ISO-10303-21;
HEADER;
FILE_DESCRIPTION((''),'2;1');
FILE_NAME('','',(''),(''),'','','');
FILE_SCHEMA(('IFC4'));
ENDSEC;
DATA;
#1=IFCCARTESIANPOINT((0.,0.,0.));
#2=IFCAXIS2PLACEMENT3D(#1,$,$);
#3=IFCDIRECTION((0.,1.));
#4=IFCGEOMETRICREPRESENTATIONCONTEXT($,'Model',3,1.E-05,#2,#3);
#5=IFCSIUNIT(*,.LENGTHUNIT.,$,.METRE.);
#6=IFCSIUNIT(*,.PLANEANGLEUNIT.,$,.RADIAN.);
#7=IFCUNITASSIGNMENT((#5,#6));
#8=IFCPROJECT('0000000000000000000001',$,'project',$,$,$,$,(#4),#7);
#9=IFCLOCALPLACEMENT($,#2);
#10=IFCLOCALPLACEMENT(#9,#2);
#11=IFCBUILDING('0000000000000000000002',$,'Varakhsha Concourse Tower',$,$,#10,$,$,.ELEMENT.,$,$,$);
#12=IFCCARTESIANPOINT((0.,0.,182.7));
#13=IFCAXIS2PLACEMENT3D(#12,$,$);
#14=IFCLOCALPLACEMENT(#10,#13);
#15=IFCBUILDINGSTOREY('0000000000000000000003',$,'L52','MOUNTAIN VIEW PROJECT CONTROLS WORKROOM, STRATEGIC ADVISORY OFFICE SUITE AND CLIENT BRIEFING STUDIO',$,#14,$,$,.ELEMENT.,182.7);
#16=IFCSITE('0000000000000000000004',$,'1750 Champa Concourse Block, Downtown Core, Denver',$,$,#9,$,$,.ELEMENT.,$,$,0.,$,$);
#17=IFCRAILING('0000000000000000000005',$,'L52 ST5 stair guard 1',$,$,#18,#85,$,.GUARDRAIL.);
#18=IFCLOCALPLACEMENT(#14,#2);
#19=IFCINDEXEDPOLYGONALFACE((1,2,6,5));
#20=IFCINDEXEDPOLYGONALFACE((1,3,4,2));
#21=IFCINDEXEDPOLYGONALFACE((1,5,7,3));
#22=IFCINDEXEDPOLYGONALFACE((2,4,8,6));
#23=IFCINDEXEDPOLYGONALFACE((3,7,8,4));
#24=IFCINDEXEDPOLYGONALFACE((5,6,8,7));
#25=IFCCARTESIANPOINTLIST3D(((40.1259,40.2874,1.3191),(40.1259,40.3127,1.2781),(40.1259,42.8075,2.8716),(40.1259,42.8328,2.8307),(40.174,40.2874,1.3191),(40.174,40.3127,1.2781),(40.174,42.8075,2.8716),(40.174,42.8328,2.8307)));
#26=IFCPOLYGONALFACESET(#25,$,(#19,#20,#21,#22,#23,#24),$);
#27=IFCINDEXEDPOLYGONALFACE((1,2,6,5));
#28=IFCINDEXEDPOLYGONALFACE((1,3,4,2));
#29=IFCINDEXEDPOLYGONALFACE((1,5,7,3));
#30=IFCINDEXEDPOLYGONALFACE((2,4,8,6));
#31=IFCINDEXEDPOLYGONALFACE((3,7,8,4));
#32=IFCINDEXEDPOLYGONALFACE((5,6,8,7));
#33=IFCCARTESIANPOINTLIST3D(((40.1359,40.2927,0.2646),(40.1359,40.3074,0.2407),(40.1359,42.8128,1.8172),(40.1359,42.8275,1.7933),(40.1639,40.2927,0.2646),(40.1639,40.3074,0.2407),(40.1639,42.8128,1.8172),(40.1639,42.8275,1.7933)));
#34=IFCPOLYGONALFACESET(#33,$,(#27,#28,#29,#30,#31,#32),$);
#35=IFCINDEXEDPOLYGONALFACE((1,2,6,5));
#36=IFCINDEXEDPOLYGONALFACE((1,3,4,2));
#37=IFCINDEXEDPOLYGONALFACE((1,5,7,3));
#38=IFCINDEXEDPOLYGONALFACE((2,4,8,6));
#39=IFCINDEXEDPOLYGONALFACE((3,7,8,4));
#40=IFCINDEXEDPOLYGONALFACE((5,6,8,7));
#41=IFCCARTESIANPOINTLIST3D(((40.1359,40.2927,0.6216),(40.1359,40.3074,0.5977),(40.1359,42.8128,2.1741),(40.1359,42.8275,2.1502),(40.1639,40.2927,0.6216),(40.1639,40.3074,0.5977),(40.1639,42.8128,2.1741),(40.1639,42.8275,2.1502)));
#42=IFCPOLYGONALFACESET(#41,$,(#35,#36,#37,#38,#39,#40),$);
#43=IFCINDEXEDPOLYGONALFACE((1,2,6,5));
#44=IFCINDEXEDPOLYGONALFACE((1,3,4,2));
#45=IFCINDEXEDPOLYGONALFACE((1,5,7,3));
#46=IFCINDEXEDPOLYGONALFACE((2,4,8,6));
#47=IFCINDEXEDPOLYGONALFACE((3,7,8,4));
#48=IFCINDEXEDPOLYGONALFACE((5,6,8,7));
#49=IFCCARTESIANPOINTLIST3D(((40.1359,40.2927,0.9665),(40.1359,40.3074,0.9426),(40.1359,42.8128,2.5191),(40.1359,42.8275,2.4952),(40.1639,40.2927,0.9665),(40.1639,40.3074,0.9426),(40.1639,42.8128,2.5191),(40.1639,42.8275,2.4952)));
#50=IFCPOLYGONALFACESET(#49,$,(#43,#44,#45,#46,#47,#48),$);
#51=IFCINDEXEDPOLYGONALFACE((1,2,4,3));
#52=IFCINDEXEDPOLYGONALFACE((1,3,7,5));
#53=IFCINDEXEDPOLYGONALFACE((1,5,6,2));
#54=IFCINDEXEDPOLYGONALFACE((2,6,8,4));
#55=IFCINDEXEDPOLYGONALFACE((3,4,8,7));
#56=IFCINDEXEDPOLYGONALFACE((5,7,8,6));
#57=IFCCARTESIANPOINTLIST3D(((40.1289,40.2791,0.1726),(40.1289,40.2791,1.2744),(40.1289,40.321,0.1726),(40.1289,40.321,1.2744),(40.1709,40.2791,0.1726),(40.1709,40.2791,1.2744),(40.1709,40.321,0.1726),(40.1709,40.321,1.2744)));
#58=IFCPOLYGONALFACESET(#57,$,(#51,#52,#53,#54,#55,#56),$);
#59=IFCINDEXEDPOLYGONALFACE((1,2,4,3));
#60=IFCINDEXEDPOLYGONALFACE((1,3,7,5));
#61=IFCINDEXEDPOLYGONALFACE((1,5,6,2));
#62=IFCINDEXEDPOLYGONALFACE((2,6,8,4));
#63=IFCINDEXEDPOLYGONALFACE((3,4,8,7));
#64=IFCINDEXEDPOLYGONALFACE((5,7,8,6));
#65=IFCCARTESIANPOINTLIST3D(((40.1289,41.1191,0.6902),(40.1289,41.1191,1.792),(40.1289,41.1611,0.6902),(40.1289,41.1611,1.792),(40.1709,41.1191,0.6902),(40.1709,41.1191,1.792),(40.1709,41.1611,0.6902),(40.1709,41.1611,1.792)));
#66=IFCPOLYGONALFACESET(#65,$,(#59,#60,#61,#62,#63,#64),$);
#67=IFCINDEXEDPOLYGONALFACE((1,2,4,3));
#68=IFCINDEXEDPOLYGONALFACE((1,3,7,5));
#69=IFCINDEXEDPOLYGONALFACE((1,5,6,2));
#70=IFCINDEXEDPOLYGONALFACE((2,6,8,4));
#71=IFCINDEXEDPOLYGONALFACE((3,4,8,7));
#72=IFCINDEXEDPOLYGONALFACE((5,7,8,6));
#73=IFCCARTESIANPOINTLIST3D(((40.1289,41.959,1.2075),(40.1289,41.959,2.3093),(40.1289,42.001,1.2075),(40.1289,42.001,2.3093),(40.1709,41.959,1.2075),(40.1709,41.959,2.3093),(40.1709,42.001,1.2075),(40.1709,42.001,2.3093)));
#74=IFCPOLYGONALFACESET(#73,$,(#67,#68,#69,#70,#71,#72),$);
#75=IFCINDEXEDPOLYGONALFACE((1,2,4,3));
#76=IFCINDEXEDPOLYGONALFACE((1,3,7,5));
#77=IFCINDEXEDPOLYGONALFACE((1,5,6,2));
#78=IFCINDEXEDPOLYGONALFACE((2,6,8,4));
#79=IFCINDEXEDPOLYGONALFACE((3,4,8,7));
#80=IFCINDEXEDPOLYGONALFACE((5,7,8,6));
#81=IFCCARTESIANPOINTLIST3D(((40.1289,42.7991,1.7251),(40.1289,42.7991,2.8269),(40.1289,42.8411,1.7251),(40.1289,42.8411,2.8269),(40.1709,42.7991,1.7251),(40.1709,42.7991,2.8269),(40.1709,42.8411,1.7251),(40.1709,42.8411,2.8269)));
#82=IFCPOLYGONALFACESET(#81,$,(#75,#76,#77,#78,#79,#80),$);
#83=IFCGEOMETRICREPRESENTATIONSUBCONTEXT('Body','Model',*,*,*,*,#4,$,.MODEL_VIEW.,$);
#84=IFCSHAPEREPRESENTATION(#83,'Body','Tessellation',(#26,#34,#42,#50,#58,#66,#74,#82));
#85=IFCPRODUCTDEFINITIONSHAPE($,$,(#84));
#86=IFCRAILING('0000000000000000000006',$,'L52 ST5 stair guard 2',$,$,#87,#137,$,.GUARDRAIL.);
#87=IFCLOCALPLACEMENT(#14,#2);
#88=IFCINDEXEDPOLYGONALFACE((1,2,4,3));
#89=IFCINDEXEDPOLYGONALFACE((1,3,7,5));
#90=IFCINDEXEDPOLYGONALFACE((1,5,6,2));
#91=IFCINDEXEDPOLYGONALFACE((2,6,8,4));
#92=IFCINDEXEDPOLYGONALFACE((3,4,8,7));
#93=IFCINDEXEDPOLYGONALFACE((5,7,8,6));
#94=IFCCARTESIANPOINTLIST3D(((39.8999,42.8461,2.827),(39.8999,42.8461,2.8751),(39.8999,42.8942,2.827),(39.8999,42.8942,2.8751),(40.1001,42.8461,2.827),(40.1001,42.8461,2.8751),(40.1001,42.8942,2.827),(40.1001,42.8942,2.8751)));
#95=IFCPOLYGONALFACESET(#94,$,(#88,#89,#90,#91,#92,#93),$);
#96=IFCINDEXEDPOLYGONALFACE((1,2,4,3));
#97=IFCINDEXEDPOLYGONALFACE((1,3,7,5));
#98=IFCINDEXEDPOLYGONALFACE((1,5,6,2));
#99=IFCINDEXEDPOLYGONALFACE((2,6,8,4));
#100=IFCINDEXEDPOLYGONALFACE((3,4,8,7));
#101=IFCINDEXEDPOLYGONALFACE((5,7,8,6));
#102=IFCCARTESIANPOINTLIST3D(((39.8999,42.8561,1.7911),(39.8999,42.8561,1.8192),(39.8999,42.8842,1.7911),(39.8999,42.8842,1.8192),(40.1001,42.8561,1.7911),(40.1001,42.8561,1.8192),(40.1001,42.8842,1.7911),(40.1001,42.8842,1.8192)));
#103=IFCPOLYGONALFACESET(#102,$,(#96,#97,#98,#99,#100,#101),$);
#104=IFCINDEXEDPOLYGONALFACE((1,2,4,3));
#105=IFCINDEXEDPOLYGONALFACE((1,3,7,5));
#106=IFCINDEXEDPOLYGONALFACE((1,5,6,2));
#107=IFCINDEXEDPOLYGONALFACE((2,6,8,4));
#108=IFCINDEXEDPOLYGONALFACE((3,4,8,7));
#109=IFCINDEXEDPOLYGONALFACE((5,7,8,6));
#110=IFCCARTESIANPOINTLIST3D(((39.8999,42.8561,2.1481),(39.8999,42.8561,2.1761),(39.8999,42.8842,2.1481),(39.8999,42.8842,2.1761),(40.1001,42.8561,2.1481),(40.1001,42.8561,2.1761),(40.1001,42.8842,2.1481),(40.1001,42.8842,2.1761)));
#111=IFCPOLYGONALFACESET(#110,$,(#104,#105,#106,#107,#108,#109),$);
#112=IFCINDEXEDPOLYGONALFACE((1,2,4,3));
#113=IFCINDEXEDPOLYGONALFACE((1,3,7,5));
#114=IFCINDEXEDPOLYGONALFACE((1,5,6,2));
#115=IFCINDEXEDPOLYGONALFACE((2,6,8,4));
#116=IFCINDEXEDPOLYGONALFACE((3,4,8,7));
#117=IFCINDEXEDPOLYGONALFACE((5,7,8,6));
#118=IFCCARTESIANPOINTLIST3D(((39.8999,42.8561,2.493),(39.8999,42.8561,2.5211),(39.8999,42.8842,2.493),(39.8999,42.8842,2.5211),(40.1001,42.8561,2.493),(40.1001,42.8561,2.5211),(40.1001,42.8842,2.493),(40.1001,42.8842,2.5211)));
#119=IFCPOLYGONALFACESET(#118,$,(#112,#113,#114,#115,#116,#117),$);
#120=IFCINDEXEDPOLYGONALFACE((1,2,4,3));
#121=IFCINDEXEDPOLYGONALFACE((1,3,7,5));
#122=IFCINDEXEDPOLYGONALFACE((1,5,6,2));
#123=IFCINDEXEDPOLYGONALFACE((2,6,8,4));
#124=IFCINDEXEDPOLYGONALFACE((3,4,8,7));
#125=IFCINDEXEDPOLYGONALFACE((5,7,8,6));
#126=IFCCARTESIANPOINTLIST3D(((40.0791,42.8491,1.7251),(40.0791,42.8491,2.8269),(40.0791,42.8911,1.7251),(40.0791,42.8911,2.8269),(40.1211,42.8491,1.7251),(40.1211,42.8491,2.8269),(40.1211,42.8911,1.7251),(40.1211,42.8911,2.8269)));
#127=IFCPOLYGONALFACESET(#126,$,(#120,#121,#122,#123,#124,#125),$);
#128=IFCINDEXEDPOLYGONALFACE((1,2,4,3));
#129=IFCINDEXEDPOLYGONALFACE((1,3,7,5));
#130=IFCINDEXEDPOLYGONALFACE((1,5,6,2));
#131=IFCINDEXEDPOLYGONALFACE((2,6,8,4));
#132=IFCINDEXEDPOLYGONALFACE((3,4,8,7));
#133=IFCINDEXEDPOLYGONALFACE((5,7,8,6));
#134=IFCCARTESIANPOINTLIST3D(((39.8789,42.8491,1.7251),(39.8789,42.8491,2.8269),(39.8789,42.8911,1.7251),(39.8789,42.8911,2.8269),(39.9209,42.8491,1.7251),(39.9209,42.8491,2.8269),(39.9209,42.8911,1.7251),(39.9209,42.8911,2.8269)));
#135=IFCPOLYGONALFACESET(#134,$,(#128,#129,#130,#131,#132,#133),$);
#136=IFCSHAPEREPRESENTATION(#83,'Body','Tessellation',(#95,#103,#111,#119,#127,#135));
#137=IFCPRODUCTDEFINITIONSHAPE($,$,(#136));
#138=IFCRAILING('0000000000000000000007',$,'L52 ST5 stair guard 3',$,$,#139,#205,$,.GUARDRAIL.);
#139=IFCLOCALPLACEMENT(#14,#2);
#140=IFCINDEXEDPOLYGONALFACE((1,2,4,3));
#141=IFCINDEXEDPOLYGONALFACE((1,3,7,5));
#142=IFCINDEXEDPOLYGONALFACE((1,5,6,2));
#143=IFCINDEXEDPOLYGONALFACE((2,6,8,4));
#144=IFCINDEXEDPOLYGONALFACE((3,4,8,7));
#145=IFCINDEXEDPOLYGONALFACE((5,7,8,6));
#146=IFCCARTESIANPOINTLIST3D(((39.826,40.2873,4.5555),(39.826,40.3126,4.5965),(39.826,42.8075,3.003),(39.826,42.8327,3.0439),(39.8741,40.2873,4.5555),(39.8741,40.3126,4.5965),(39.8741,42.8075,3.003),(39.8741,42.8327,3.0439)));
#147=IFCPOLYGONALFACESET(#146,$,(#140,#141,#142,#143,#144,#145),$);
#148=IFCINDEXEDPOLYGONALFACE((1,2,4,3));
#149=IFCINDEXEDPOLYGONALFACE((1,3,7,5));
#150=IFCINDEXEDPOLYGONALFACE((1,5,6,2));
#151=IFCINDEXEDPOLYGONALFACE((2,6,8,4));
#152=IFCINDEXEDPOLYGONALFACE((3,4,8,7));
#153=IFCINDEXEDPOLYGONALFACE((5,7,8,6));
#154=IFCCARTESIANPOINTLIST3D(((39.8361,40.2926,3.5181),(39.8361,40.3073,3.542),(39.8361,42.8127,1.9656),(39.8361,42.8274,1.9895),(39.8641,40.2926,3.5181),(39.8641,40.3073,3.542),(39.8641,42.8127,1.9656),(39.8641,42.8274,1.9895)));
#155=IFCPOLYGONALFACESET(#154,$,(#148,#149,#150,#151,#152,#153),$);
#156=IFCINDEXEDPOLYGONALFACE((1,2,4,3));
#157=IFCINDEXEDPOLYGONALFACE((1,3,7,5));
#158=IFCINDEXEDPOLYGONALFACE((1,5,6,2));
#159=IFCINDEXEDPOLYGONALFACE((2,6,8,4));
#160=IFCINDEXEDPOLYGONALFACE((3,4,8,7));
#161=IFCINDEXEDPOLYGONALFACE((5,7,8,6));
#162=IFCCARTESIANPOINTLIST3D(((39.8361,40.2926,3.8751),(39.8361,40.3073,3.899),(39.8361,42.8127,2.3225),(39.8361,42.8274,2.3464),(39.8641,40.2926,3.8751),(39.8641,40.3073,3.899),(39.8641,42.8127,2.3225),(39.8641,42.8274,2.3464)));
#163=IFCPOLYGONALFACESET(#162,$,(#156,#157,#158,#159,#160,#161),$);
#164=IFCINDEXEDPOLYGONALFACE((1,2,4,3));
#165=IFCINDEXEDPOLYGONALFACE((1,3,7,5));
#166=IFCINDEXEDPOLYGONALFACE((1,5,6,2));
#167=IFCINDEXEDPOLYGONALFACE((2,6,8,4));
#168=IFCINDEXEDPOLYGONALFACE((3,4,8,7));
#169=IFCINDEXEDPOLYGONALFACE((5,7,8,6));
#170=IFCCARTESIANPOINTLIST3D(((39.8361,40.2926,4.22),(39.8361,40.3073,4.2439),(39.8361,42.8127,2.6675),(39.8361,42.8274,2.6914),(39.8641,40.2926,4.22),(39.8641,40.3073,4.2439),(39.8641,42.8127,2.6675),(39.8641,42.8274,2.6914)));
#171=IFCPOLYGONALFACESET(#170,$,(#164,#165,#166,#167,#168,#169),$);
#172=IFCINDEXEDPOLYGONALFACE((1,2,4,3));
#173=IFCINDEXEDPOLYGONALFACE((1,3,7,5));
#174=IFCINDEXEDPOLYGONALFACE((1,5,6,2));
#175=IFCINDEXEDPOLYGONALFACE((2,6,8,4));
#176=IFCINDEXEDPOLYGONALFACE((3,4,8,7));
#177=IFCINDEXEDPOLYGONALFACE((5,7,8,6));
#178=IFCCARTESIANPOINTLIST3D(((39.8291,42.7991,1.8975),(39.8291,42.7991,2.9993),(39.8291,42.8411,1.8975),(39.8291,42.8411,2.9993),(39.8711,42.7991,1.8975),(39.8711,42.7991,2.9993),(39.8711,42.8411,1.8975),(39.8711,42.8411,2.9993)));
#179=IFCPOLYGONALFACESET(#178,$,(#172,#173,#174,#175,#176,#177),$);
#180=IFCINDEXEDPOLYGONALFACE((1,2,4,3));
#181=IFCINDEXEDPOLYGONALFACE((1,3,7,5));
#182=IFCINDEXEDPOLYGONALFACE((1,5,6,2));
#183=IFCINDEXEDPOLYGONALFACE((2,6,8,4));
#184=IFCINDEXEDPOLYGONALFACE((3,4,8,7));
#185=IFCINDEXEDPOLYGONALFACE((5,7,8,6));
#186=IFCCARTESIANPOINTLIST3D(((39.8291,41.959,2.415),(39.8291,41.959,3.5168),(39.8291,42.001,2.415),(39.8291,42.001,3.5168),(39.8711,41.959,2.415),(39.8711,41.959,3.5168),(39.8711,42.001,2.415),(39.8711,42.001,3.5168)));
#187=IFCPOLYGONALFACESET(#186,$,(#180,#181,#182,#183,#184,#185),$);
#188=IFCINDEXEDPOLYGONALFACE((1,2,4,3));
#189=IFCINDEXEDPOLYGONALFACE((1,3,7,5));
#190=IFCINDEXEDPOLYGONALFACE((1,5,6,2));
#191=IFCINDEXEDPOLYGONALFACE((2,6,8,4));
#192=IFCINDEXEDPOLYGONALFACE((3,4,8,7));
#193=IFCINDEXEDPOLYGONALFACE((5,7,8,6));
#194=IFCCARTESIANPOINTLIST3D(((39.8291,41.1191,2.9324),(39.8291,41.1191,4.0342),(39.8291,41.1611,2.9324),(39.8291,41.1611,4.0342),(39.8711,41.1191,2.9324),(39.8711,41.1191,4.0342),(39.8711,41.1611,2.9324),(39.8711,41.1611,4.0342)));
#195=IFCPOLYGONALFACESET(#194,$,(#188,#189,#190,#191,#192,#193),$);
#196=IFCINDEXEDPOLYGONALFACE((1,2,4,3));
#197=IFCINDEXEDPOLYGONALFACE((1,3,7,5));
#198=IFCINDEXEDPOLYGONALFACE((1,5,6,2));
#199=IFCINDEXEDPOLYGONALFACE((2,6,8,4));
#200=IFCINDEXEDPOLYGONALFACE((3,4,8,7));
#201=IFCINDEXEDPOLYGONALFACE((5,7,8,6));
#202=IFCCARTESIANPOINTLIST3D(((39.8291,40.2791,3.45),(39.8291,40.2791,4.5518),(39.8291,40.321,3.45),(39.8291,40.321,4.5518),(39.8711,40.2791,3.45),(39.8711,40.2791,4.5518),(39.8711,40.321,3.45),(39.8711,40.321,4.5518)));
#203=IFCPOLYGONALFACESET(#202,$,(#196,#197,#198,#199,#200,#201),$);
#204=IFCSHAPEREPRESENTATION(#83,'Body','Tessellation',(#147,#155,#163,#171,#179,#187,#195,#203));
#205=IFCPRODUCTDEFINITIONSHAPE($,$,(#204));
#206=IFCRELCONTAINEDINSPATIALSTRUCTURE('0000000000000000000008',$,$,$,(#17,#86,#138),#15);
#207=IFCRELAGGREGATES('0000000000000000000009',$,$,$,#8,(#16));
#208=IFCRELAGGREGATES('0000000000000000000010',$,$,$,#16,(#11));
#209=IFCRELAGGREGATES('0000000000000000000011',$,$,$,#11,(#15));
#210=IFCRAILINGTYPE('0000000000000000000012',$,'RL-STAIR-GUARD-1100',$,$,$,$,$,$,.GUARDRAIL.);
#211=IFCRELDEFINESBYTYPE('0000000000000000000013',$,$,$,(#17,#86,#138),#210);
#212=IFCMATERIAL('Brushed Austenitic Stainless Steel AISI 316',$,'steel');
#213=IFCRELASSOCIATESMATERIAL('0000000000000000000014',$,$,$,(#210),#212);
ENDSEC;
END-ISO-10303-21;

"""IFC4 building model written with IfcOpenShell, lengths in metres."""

from ifc_helpers import new_model, si_unit, direction, frame, origin, origin_2d, place, context, subcontext, project, spatial, rectangle, extrude, material, type_object, element, save


model = new_model("IFC4")

# Units and contexts
model_context = context("Model", 3, precision=1e-05, world=origin(), true_north=direction((0.0, 1.0)))
body_context = subcontext(model_context, "Body", "Model", "MODEL_VIEW")
ifc_project = project(units=[si_unit("LENGTHUNIT", "METRE"), si_unit("PLANEANGLEUNIT", "RADIAN")], contexts=[model_context])

# Site, building, storey
site_placement = place(None, origin())
site = spatial("IfcSite", under=ifc_project, at=site_placement, Name="1750 Champa Concourse Block, Downtown Core, Denver", CompositionType="ELEMENT", RefElevation=0.0)
building_placement = place(site_placement, origin())
building = spatial("IfcBuilding", under=site, at=building_placement, Name="Varakhsha Concourse Tower", CompositionType="ELEMENT")
storey_placement = place(building_placement, frame((0.0, 0.0, 182.7)))
storey = spatial("IfcBuildingStorey", under=building, at=storey_placement, Name="L52", Description="MOUNTAIN VIEW PROJECT CONTROLS WORKROOM, STRATEGIC ADVISORY OFFICE SUITE AND CLIENT BRIEFING STUDIO", CompositionType="ELEMENT", Elevation=182.7)

# Railings
ifc_material_1 = material(Name="Brushed Austenitic Stainless Steel AISI 316", Category="steel")
railing_type_1 = type_object("IfcRailingType", Name="RL-STAIR-GUARD-1100", PredefinedType="GUARDRAIL", material=ifc_material_1)
railing_1_placement = place(storey_placement, frame((40.1499, 40.3, 0.1726)))
element("IfcRailing", 1, at=railing_1_placement, inside=storey, type_object=railing_type_1, Name="L52 ST5 stair guard 1", PredefinedType="GUARDRAIL", context=body_context, shape_type="SweptSolid", body=[
    extrude(rectangle(XDim=0.0481, YDim=0.0481, at=origin_2d()), frame((0.0, 0.0, 1.126), z_axis=(0.0, 0.8514, 0.524516), x_axis=(-1.0, 0.0, 0.0)), (0.0, 0.0, 1.0), 2.96),
    extrude(rectangle(XDim=0.0281, YDim=0.0281, at=origin_2d()), frame((0.0, 0.0, 0.0801), z_axis=(0.0, 0.8514, 0.524516), x_axis=(-1.0, 0.0, 0.0)), (0.0, 0.0, 1.0), 2.96),
    extrude(rectangle(XDim=0.0281, YDim=0.0281, at=origin_2d()), frame((0.0, 0.0, 0.437), z_axis=(0.0, 0.8514, 0.524516), x_axis=(-1.0, 0.0, 0.0)), (0.0, 0.0, 1.0), 2.96),
    extrude(rectangle(XDim=0.0281, YDim=0.0281, at=origin_2d()), frame((0.0, 0.0, 0.782), z_axis=(0.0, 0.8514, 0.524516), x_axis=(-1.0, 0.0, 0.0)), (0.0, 0.0, 1.0), 2.96),
    extrude(rectangle(XDim=0.042, YDim=0.042, at=origin_2d()), origin(), (0.0, 0.0, 1.0), 1.1018),
    extrude(rectangle(XDim=0.042, YDim=0.042, at=origin_2d()), frame((0.0, 0.8401, 0.5176)), (0.0, 0.0, 1.0), 1.1018),
    extrude(rectangle(XDim=0.042, YDim=0.042, at=origin_2d()), frame((0.0, 1.6799, 1.0349)), (0.0, 0.0, 1.0), 1.1018),
    extrude(rectangle(XDim=0.042, YDim=0.042, at=origin_2d()), frame((0.0, 2.52, 1.5525)), (0.0, 0.0, 1.0), 1.1018),
])
railing_2_placement = place(storey_placement, frame((40.1001, 42.8701, 1.7251)))
element("IfcRailing", 2, at=railing_2_placement, inside=storey, type_object=railing_type_1, Name="L52 ST5 stair guard 2", PredefinedType="GUARDRAIL", context=body_context, shape_type="SweptSolid", body=[
    extrude(rectangle(XDim=0.0481, YDim=0.0481, at=origin_2d()), frame((0.0, 0.0, 1.126), z_axis=(-1.0, 0.0, 0.0), x_axis=(0.0, -1.0, 0.0)), (0.0, 0.0, 1.0), 0.2002),
    extrude(rectangle(XDim=0.0281, YDim=0.0281, at=origin_2d()), frame((0.0, 0.0, 0.0801), z_axis=(-1.0, 0.0, 0.0), x_axis=(0.0, -1.0, 0.0)), (0.0, 0.0, 1.0), 0.2002),
    extrude(rectangle(XDim=0.0281, YDim=0.0281, at=origin_2d()), frame((0.0, 0.0, 0.437), z_axis=(-1.0, 0.0, 0.0), x_axis=(0.0, -1.0, 0.0)), (0.0, 0.0, 1.0), 0.2002),
    extrude(rectangle(XDim=0.0281, YDim=0.0281, at=origin_2d()), frame((0.0, 0.0, 0.782), z_axis=(-1.0, 0.0, 0.0), x_axis=(0.0, -1.0, 0.0)), (0.0, 0.0, 1.0), 0.2002),
    extrude(rectangle(XDim=0.042, YDim=0.042, at=origin_2d()), origin(), (0.0, 0.0, 1.0), 1.1018),
    extrude(rectangle(XDim=0.042, YDim=0.042, at=origin_2d()), frame((-0.2002, 0.0, 0.0)), (0.0, 0.0, 1.0), 1.1018),
])
railing_3_placement = place(storey_placement, frame((39.8501, 42.8201, 1.8975)))
element("IfcRailing", 3, at=railing_3_placement, inside=storey, type_object=railing_type_1, Name="L52 ST5 stair guard 3", PredefinedType="GUARDRAIL", context=body_context, shape_type="SweptSolid", body=[
    extrude(rectangle(XDim=0.0481, YDim=0.0481, at=origin_2d()), frame((0.0, 0.0, 1.126), z_axis=(0.0, -0.8514, 0.524516), x_axis=(1.0, 0.0, 0.0)), (0.0, 0.0, 1.0), 2.96),
    extrude(rectangle(XDim=0.0281, YDim=0.0281, at=origin_2d()), frame((0.0, 0.0, 0.0801), z_axis=(0.0, -0.8514, 0.524516), x_axis=(1.0, 0.0, 0.0)), (0.0, 0.0, 1.0), 2.96),
    extrude(rectangle(XDim=0.0281, YDim=0.0281, at=origin_2d()), frame((0.0, 0.0, 0.437), z_axis=(0.0, -0.8514, 0.524516), x_axis=(1.0, 0.0, 0.0)), (0.0, 0.0, 1.0), 2.96),
    extrude(rectangle(XDim=0.0281, YDim=0.0281, at=origin_2d()), frame((0.0, 0.0, 0.782), z_axis=(0.0, -0.8514, 0.524516), x_axis=(1.0, 0.0, 0.0)), (0.0, 0.0, 1.0), 2.96),
    extrude(rectangle(XDim=0.042, YDim=0.042, at=origin_2d()), origin(), (0.0, 0.0, 1.0), 1.1018),
    extrude(rectangle(XDim=0.042, YDim=0.042, at=origin_2d()), frame((0.0, -0.8401, 0.5176)), (0.0, 0.0, 1.0), 1.1018),
    extrude(rectangle(XDim=0.042, YDim=0.042, at=origin_2d()), frame((0.0, -1.6799, 1.0349)), (0.0, 0.0, 1.0), 1.1018),
    extrude(rectangle(XDim=0.042, YDim=0.042, at=origin_2d()), frame((0.0, -2.52, 1.5525)), (0.0, 0.0, 1.0), 1.1018),
])

save(model, "model.ifc")
